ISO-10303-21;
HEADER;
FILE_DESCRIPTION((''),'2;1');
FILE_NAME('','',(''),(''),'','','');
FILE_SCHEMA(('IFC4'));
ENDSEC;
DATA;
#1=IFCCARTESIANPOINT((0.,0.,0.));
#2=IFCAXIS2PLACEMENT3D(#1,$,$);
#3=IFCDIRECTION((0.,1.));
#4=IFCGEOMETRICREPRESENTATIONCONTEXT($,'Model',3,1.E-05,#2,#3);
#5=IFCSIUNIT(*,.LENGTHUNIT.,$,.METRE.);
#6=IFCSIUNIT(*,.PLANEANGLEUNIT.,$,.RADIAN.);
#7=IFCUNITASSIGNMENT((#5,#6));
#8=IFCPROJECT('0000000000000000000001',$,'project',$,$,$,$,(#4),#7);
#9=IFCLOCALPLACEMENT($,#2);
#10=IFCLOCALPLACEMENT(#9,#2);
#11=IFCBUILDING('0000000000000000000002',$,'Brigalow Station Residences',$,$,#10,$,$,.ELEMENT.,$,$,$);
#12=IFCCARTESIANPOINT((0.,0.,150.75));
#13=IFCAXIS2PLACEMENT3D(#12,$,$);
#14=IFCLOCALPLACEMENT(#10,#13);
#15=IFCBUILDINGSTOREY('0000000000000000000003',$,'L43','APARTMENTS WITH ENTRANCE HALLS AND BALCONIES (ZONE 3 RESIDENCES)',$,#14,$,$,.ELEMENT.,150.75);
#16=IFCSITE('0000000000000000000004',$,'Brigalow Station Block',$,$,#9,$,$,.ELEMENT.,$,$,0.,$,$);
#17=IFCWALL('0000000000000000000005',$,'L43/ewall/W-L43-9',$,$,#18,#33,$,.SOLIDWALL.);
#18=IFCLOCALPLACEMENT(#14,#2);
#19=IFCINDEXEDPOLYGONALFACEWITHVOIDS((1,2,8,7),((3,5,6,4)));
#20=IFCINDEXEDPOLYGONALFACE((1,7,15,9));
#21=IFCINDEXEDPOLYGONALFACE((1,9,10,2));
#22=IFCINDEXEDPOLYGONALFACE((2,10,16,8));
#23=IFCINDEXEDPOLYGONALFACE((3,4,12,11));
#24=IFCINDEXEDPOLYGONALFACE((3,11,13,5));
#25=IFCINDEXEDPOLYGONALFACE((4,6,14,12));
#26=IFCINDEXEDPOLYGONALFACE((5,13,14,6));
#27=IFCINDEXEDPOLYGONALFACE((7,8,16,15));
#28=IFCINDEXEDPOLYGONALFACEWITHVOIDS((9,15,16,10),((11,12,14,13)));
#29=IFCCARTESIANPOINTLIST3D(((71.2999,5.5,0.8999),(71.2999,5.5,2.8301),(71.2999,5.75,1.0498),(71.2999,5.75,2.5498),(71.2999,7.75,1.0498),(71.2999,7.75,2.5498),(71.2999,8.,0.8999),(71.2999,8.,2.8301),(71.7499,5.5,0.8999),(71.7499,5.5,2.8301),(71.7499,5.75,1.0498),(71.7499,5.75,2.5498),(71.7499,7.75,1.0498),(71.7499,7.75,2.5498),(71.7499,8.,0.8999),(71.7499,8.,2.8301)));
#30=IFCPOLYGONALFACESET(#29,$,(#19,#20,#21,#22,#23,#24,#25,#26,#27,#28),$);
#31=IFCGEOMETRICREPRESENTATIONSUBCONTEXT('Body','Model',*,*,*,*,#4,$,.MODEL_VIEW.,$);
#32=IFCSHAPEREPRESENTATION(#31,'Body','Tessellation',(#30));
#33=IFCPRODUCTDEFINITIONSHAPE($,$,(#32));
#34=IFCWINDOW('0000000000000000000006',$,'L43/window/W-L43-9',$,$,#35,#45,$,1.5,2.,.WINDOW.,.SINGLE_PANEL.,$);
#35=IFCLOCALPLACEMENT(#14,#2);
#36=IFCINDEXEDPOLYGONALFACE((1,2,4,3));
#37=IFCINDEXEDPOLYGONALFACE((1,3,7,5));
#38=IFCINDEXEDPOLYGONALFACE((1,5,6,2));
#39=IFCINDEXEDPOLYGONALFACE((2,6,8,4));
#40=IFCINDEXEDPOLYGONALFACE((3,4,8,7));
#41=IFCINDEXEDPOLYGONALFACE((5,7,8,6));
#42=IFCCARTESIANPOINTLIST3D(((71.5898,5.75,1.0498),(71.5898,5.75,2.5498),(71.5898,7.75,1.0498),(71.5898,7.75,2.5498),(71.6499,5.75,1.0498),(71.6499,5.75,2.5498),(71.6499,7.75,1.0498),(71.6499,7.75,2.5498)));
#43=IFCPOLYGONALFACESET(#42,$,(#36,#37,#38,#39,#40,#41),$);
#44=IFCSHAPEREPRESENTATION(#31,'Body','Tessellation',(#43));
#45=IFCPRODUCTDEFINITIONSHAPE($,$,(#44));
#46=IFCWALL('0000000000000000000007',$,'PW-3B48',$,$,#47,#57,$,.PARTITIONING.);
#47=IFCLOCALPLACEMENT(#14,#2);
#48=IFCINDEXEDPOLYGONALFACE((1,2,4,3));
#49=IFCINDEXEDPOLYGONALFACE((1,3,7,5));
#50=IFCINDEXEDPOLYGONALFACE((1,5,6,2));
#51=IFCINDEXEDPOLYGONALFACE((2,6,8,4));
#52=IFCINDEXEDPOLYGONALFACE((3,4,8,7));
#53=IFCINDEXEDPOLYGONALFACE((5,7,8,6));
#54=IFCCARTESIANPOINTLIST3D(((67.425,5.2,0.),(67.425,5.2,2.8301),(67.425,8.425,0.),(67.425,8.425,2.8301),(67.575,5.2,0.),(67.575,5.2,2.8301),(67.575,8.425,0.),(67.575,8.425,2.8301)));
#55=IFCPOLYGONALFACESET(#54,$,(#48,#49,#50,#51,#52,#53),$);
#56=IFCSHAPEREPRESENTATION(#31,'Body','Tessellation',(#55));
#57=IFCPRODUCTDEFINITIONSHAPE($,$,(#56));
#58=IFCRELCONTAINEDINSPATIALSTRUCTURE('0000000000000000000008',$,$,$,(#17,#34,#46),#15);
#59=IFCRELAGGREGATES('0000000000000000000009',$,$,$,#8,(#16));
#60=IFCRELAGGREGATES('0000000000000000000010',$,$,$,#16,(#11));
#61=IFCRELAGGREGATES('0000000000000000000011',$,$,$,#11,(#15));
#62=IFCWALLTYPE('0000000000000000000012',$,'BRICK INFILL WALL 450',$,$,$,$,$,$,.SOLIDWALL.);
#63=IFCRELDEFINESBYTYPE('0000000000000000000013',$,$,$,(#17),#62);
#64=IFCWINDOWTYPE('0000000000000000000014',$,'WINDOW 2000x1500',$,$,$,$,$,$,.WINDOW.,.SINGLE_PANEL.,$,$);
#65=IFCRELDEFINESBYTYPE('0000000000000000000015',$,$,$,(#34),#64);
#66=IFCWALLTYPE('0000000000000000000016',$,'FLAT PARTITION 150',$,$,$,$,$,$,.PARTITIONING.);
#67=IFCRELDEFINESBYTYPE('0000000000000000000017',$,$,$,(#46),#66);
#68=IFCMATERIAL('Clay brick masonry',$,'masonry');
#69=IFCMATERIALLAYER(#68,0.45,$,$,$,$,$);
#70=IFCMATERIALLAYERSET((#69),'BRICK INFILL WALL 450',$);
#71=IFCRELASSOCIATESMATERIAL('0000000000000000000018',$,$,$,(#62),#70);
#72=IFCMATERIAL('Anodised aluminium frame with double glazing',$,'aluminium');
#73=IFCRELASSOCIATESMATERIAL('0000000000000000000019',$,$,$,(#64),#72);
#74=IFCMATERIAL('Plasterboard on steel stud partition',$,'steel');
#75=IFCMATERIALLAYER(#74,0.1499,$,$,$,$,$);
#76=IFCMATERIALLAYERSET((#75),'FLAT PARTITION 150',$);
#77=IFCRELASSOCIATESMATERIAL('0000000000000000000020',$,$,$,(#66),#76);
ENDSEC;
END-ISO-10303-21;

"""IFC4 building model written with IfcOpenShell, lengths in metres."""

from ifc_helpers import new_model, si_unit, direction, frame, frame_2d, origin, place, context, subcontext, project, spatial, rectangle, extrude, material, layer, layer_set, type_object, element, fill, save


model = new_model("IFC4")

# Units and contexts
model_context = context("Model", 3, precision=1e-05, world=origin(), true_north=direction((0.0, 1.0)))
body_context = subcontext(model_context, "Body", "Model", "MODEL_VIEW")
ifc_project = project(units=[si_unit("LENGTHUNIT", "METRE"), si_unit("PLANEANGLEUNIT", "RADIAN")], contexts=[model_context])

# Site, building, storey
site_placement = place(None, origin())
site = spatial("IfcSite", under=ifc_project, at=site_placement, Name="Brigalow Station Block", CompositionType="ELEMENT", RefElevation=0.0)
building_placement = place(site_placement, origin())
building = spatial("IfcBuilding", under=site, at=building_placement, Name="Brigalow Station Residences", CompositionType="ELEMENT")
storey_placement = place(building_placement, frame((0.0, 0.0, 150.75)))
storey = spatial("IfcBuildingStorey", under=building, at=storey_placement, Name="L43", Description="APARTMENTS WITH ENTRANCE HALLS AND BALCONIES (ZONE 3 RESIDENCES)", CompositionType="ELEMENT", Elevation=150.75)

# Wall, opening, window
ifc_material_1 = material(Name="Clay brick masonry", Category="masonry")
ifc_layer_1 = layer(ifc_material_1, 0.45)
ifc_layer_set_1 = layer_set([ifc_layer_1], Name="BRICK INFILL WALL 450")
wall_type_1 = type_object("IfcWallType", Name="BRICK INFILL WALL 450", PredefinedType="SOLIDWALL", material=ifc_layer_set_1)
wall_1_placement = place(storey_placement, frame((71.5249, 5.5, 0.8999), z_axis=(0.0, 0.0, 1.0), x_axis=(0.0, 1.0, 0.0)))
wall_1 = element("IfcWall", 1, at=wall_1_placement, inside=storey, type_object=wall_type_1, Name="L43/ewall/W-L43-9", PredefinedType="SOLIDWALL", context=body_context, shape_type="SweptSolid", body=[
    extrude(rectangle(XDim=2.5, YDim=0.45, at=frame_2d((1.25, 0.0))), origin(), (0.0, 0.0, 1.0), 1.9302),
])
opening_1_placement = place(wall_1_placement, frame((0.25, 0.0, 0.1499)))
opening_1 = element("IfcOpeningElement", 2, at=opening_1_placement, cuts=wall_1, PredefinedType="OPENING", context=body_context, shape_type="SweptSolid", body=[
    extrude(rectangle(XDim=2.0, YDim=1.5, at=frame_2d((1.0, 0.75))), frame((0.0, 0.2349, 0.0), z_axis=(0.0, -1.0, 0.0), x_axis=(1.0, 0.0, 0.0)), (0.0, 0.0, 1.0), 0.47),
])
ifc_material_2 = material(Name="Anodised aluminium frame with double glazing", Category="aluminium")
window_type_1 = type_object("IfcWindowType", Name="WINDOW 2000x1500", PartitioningType="SINGLE_PANEL", PredefinedType="WINDOW", material=ifc_material_2)
window_1_placement = place(opening_1_placement, origin())
window_1 = element("IfcWindow", 3, at=window_1_placement, inside=storey, type_object=window_type_1, Name="L43/window/W-L43-9", OverallHeight=1.5, OverallWidth=2.0, PartitioningType="SINGLE_PANEL", PredefinedType="WINDOW", context=body_context, shape_type="SweptSolid", body=[
    extrude(rectangle(XDim=2.0, YDim=1.5, at=frame_2d((1.0, 0.75))), frame((0.0, -0.0649, 0.0), z_axis=(0.0, -1.0, 0.0), x_axis=(1.0, 0.0, 0.0)), (0.0, 0.0, 1.0), 0.0601),
])
fill(opening_1, window_1)

# Wall
ifc_material_3 = material(Name="Plasterboard on steel stud partition", Category="steel")
ifc_layer_2 = layer(ifc_material_3, 0.1499)
ifc_layer_set_2 = layer_set([ifc_layer_2], Name="FLAT PARTITION 150")
wall_type_2 = type_object("IfcWallType", Name="FLAT PARTITION 150", PredefinedType="PARTITIONING", material=ifc_layer_set_2)
wall_2_placement = place(storey_placement, frame((67.5, 5.2, 0.0), z_axis=(0.0, 0.0, 1.0), x_axis=(0.0, 1.0, 0.0)))
element("IfcWall", 4, at=wall_2_placement, inside=storey, type_object=wall_type_2, Name="PW-3B48", PredefinedType="PARTITIONING", context=body_context, shape_type="SweptSolid", body=[
    extrude(rectangle(XDim=3.2251, YDim=0.1499, at=frame_2d((1.6125, 0.0))), origin(), (0.0, 0.0, 1.0), 2.8301),
])

save(model, "model.ifc")
